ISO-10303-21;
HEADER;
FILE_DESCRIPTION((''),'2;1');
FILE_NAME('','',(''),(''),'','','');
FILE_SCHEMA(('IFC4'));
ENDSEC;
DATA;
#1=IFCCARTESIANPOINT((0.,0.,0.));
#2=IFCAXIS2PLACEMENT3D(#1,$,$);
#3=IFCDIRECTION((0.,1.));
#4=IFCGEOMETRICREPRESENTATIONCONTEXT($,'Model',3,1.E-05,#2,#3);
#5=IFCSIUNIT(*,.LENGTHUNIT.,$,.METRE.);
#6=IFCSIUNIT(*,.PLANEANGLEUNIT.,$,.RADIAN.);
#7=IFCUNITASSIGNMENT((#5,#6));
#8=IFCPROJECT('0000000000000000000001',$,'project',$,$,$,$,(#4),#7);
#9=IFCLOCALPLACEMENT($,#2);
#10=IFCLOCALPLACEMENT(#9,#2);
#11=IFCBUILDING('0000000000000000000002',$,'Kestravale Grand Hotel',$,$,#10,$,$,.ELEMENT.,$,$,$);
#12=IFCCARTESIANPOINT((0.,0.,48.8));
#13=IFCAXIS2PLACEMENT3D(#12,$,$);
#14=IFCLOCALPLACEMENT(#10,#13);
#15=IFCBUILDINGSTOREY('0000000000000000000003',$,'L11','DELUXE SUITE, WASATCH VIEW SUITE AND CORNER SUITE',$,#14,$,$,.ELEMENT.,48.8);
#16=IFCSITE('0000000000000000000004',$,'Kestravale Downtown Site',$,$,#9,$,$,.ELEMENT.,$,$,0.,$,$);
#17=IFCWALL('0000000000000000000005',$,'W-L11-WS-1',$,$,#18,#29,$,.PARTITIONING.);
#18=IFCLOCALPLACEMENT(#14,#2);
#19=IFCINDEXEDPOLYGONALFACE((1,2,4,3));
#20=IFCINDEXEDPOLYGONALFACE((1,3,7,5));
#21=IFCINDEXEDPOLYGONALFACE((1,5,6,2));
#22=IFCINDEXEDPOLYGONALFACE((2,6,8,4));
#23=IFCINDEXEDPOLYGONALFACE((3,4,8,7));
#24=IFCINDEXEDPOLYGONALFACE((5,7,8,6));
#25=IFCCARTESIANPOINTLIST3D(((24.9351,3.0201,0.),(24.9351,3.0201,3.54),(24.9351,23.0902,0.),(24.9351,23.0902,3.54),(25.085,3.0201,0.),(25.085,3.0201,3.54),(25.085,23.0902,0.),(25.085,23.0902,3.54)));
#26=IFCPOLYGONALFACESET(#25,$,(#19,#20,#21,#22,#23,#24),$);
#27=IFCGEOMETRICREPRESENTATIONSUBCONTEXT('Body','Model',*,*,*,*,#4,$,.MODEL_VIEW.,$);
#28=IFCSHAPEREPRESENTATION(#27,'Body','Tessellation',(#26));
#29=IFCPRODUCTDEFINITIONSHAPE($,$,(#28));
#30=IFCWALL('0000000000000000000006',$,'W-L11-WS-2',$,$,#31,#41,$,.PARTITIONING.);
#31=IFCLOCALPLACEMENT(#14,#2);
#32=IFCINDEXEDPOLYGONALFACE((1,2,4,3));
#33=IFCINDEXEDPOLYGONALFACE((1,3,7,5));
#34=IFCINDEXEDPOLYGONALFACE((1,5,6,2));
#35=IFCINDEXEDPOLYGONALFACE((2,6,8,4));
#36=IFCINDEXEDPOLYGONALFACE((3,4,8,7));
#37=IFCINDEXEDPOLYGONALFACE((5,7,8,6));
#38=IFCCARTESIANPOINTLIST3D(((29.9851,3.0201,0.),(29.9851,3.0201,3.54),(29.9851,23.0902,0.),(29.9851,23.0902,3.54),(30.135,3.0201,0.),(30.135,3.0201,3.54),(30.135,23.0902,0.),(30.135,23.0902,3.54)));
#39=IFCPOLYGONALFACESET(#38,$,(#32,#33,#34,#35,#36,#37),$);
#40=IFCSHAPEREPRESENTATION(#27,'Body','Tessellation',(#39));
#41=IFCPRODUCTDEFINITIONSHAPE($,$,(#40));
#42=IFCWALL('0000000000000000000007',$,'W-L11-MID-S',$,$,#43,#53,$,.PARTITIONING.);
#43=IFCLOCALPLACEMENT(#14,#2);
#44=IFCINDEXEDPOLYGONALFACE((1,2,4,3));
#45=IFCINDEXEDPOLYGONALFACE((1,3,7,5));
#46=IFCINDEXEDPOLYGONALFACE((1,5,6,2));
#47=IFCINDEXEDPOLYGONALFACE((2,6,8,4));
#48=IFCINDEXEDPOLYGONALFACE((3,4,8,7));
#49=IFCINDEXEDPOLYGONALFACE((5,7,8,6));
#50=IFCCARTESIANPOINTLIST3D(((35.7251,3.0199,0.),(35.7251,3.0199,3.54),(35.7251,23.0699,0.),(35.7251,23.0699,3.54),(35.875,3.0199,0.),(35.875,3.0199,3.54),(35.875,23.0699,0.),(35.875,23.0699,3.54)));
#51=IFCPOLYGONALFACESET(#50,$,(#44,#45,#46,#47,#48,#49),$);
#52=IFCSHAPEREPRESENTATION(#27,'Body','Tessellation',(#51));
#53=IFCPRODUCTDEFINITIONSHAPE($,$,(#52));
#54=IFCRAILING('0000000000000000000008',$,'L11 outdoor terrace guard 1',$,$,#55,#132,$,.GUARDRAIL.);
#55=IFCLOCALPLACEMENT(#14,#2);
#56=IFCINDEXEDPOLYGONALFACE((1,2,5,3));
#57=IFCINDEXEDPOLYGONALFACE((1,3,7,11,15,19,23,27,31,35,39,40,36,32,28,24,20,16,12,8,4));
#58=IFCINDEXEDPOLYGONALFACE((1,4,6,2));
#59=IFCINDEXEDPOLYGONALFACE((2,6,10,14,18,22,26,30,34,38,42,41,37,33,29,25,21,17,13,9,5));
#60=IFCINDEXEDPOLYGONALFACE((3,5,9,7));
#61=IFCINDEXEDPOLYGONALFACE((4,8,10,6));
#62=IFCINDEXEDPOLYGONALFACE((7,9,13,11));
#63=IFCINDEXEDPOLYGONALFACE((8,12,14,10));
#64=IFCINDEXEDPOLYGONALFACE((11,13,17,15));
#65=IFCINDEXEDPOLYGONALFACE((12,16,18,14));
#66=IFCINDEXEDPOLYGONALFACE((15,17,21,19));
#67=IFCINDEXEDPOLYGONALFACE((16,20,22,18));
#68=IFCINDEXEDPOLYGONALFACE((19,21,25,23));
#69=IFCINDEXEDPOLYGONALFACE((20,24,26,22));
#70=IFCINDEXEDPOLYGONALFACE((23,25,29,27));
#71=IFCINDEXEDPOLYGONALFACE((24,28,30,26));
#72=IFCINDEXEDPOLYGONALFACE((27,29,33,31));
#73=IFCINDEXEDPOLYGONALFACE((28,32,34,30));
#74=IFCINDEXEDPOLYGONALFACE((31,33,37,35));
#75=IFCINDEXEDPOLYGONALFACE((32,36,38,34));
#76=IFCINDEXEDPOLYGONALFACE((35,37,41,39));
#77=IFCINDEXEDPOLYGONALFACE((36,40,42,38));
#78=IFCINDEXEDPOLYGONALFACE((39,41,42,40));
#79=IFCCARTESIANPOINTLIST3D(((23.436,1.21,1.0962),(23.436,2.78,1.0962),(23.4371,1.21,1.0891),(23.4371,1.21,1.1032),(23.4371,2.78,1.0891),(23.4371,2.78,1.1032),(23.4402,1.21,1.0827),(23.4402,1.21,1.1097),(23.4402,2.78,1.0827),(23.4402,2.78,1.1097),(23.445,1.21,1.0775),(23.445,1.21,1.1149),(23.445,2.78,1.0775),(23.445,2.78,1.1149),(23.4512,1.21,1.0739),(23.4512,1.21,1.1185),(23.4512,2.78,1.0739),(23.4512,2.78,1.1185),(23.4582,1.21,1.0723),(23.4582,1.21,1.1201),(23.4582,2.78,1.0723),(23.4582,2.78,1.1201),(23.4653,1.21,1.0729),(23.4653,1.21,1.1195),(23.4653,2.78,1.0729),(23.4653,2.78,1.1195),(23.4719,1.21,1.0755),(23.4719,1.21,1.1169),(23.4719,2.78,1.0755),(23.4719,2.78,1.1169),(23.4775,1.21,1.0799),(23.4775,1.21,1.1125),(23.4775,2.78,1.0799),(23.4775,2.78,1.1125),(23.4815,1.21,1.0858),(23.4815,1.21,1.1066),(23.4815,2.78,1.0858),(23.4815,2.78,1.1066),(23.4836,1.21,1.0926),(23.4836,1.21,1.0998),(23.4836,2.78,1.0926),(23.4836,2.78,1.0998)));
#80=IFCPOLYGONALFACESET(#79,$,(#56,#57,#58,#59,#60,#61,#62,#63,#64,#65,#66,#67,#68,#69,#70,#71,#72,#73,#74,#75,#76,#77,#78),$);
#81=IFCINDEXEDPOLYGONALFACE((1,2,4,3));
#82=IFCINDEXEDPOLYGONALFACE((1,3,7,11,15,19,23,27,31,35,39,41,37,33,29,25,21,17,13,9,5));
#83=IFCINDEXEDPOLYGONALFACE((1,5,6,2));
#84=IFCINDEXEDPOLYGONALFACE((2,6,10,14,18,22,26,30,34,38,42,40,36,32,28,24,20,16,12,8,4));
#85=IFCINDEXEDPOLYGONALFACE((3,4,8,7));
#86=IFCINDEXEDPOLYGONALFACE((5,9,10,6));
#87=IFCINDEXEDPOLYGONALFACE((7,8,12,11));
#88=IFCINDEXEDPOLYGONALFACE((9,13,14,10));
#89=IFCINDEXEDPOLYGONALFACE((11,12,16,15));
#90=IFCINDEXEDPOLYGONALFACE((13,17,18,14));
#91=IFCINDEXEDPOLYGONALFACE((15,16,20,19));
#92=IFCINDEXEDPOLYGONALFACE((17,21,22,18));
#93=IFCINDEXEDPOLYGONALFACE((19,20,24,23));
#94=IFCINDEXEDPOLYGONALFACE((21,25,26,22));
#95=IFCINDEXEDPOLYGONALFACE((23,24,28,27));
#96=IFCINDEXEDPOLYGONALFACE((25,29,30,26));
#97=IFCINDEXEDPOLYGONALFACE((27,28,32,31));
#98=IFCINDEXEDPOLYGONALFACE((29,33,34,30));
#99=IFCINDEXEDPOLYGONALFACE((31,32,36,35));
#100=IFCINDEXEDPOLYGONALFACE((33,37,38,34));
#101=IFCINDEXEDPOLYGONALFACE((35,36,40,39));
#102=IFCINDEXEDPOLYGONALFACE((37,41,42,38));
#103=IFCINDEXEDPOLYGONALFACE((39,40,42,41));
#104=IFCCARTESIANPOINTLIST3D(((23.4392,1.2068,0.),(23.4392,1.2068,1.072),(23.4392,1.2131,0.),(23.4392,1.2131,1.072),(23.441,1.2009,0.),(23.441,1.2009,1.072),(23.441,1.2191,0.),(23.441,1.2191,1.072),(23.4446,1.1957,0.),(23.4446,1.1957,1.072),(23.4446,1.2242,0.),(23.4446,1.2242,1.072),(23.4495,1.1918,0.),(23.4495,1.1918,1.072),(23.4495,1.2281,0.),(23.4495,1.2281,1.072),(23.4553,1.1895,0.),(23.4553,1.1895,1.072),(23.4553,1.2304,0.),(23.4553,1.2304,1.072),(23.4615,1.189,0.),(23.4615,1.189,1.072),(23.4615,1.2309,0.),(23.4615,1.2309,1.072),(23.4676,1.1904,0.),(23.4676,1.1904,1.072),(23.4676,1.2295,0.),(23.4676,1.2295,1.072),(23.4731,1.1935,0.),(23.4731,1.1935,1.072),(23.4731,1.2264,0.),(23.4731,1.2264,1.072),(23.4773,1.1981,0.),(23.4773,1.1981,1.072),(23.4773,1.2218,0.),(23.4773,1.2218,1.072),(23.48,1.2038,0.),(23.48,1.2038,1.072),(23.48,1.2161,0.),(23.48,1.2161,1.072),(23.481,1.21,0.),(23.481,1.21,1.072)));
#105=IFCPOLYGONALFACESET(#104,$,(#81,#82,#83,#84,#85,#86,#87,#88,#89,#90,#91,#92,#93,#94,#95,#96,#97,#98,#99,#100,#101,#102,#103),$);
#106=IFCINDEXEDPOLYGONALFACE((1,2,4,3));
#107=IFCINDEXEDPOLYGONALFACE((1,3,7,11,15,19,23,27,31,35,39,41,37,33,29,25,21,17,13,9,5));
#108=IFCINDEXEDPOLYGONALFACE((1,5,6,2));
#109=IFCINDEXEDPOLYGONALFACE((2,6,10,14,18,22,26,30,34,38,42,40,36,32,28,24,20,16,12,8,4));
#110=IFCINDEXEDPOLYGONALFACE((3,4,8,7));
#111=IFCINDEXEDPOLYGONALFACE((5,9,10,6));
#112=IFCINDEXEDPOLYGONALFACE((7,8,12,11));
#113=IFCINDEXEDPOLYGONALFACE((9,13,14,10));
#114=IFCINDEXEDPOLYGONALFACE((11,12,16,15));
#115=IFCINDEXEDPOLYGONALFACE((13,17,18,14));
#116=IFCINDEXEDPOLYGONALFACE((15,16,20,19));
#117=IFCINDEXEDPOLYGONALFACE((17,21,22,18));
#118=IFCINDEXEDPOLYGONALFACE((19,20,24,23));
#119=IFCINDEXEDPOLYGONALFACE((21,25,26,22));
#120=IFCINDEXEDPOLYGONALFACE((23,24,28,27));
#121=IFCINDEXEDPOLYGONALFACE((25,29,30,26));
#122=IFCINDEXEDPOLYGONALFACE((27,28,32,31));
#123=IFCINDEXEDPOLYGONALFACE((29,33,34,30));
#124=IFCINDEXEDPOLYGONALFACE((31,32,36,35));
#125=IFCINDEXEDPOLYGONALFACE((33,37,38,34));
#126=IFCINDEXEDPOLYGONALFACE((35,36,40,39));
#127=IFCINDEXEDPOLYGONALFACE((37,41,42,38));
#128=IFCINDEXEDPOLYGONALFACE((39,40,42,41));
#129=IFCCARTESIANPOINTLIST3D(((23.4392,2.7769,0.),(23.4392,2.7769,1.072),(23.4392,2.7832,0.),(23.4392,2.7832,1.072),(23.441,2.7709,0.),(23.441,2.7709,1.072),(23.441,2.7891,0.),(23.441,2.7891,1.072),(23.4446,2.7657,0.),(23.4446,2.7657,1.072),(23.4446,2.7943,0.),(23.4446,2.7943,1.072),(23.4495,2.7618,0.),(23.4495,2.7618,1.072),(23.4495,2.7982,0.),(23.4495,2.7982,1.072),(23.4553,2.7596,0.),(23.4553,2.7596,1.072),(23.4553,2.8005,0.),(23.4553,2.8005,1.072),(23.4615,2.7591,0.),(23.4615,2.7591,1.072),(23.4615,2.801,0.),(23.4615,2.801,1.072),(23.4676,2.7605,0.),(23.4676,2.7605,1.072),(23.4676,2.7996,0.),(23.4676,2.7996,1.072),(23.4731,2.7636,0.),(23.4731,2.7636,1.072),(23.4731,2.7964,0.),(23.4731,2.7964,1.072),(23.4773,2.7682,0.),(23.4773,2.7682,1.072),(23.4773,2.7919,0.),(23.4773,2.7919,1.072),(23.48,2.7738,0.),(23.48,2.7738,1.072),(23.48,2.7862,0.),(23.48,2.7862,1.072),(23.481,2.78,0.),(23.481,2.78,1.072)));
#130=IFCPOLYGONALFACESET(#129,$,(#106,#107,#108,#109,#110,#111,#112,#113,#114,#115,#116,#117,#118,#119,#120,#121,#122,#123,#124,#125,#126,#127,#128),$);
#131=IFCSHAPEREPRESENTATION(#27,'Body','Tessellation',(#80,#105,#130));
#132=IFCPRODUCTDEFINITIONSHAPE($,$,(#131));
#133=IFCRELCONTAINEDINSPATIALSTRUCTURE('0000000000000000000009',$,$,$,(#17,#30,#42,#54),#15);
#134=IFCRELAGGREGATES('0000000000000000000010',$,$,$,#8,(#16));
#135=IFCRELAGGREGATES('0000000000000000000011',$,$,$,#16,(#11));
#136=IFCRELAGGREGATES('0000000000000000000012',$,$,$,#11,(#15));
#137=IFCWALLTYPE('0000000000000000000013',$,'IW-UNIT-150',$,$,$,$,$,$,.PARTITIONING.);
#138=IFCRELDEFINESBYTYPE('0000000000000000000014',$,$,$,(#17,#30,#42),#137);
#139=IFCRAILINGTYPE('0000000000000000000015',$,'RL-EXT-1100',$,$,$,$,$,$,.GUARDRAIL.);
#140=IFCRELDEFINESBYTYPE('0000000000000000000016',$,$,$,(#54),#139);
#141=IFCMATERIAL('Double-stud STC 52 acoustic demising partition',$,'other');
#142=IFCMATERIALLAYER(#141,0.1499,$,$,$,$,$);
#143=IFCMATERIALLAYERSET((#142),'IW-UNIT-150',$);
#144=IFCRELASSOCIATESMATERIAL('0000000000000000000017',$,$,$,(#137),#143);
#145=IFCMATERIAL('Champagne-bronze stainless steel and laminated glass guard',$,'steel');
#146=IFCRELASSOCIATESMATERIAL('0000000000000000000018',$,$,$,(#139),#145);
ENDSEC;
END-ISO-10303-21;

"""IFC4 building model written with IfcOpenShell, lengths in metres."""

from ifc_helpers import new_model, si_unit, direction, frame, frame_2d, origin, origin_2d, place, context, subcontext, project, spatial, rectangle, circle, extrude, material, layer, layer_set, type_object, element, save


model = new_model("IFC4")

# Units and contexts
model_context = context("Model", 3, precision=1e-05, world=origin(), true_north=direction((0.0, 1.0)))
body_context = subcontext(model_context, "Body", "Model", "MODEL_VIEW")
ifc_project = project(units=[si_unit("LENGTHUNIT", "METRE"), si_unit("PLANEANGLEUNIT", "RADIAN")], contexts=[model_context])

# Site, building, storey
site_placement = place(None, origin())
site = spatial("IfcSite", under=ifc_project, at=site_placement, Name="Kestravale Downtown Site", CompositionType="ELEMENT", RefElevation=0.0)
building_placement = place(site_placement, origin())
building = spatial("IfcBuilding", under=site, at=building_placement, Name="Kestravale Grand Hotel", CompositionType="ELEMENT")
storey_placement = place(building_placement, frame((0.0, 0.0, 48.8)))
storey = spatial("IfcBuildingStorey", under=building, at=storey_placement, Name="L11", Description="DELUXE SUITE, WASATCH VIEW SUITE AND CORNER SUITE", CompositionType="ELEMENT", Elevation=48.8)

# Walls
ifc_material_1 = material(Name="Double-stud STC 52 acoustic demising partition", Category="other")
ifc_layer = layer(ifc_material_1, 0.1499)
ifc_layer_set = layer_set([ifc_layer], Name="IW-UNIT-150")
wall_type = type_object("IfcWallType", Name="IW-UNIT-150", PredefinedType="PARTITIONING", material=ifc_layer_set)
for number, where, z_axis, x_axis, name in (
    (1, (25.01, 3.02, 0.0), (0.0, 0.0, 1.0), (0.0, 1.0, 0.0), "W-L11-WS-1"),
    (2, (30.0601, 3.02, 0.0), (0.0, 0.0, 1.0), (0.0, 1.0, 0.0), "W-L11-WS-2"),
):
    element("IfcWall", number, at=place(storey_placement, frame(where, z_axis=z_axis, x_axis=x_axis)), inside=storey, type_object=wall_type, Name=name, PredefinedType="PARTITIONING", context=body_context, shape_type="SweptSolid", body=[
        extrude(rectangle(XDim=20.0701, YDim=0.1499, at=frame_2d((10.0352, 0.0))), origin(), (0.0, 0.0, 1.0), 3.54),
    ])
wall_placement = place(storey_placement, frame((35.8, 3.02, 0.0), z_axis=(0.0, 0.0, 1.0), x_axis=(0.0, 1.0, 0.0)))
element("IfcWall", 3, at=wall_placement, inside=storey, type_object=wall_type, Name="W-L11-MID-S", PredefinedType="PARTITIONING", context=body_context, shape_type="SweptSolid", body=[
    extrude(rectangle(XDim=20.05, YDim=0.1499, at=frame_2d((10.0249, 0.0))), origin(), (0.0, 0.0, 1.0), 3.54),
])

# Railing
ifc_material_2 = material(Name="Champagne-bronze stainless steel and laminated glass guard", Category="steel")
railing_type = type_object("IfcRailingType", Name="RL-EXT-1100", PredefinedType="GUARDRAIL", material=ifc_material_2)
railing_1_placement = place(storey_placement, frame((23.46, 1.21, 0.0)))
element("IfcRailing", 4, at=railing_1_placement, inside=storey, type_object=railing_type, Name="L11 outdoor terrace guard 1", PredefinedType="GUARDRAIL", context=body_context, shape_type="SweptSolid", body=[
    extrude(circle(Radius=0.0239, at=origin_2d()), frame((0.0, 0.0, 1.0962), z_axis=(0.0, 1.0, 0.0), x_axis=(-1.0, 0.0, 0.0)), (0.0, 0.0, 1.0), 1.5701),
    extrude(circle(Radius=0.021, at=origin_2d()), origin(), (0.0, 0.0, 1.0), 1.072),
    extrude(circle(Radius=0.021, at=origin_2d()), frame((0.0, 1.5701, 0.0)), (0.0, 0.0, 1.0), 1.072),
])

save(model, "model.ifc")
